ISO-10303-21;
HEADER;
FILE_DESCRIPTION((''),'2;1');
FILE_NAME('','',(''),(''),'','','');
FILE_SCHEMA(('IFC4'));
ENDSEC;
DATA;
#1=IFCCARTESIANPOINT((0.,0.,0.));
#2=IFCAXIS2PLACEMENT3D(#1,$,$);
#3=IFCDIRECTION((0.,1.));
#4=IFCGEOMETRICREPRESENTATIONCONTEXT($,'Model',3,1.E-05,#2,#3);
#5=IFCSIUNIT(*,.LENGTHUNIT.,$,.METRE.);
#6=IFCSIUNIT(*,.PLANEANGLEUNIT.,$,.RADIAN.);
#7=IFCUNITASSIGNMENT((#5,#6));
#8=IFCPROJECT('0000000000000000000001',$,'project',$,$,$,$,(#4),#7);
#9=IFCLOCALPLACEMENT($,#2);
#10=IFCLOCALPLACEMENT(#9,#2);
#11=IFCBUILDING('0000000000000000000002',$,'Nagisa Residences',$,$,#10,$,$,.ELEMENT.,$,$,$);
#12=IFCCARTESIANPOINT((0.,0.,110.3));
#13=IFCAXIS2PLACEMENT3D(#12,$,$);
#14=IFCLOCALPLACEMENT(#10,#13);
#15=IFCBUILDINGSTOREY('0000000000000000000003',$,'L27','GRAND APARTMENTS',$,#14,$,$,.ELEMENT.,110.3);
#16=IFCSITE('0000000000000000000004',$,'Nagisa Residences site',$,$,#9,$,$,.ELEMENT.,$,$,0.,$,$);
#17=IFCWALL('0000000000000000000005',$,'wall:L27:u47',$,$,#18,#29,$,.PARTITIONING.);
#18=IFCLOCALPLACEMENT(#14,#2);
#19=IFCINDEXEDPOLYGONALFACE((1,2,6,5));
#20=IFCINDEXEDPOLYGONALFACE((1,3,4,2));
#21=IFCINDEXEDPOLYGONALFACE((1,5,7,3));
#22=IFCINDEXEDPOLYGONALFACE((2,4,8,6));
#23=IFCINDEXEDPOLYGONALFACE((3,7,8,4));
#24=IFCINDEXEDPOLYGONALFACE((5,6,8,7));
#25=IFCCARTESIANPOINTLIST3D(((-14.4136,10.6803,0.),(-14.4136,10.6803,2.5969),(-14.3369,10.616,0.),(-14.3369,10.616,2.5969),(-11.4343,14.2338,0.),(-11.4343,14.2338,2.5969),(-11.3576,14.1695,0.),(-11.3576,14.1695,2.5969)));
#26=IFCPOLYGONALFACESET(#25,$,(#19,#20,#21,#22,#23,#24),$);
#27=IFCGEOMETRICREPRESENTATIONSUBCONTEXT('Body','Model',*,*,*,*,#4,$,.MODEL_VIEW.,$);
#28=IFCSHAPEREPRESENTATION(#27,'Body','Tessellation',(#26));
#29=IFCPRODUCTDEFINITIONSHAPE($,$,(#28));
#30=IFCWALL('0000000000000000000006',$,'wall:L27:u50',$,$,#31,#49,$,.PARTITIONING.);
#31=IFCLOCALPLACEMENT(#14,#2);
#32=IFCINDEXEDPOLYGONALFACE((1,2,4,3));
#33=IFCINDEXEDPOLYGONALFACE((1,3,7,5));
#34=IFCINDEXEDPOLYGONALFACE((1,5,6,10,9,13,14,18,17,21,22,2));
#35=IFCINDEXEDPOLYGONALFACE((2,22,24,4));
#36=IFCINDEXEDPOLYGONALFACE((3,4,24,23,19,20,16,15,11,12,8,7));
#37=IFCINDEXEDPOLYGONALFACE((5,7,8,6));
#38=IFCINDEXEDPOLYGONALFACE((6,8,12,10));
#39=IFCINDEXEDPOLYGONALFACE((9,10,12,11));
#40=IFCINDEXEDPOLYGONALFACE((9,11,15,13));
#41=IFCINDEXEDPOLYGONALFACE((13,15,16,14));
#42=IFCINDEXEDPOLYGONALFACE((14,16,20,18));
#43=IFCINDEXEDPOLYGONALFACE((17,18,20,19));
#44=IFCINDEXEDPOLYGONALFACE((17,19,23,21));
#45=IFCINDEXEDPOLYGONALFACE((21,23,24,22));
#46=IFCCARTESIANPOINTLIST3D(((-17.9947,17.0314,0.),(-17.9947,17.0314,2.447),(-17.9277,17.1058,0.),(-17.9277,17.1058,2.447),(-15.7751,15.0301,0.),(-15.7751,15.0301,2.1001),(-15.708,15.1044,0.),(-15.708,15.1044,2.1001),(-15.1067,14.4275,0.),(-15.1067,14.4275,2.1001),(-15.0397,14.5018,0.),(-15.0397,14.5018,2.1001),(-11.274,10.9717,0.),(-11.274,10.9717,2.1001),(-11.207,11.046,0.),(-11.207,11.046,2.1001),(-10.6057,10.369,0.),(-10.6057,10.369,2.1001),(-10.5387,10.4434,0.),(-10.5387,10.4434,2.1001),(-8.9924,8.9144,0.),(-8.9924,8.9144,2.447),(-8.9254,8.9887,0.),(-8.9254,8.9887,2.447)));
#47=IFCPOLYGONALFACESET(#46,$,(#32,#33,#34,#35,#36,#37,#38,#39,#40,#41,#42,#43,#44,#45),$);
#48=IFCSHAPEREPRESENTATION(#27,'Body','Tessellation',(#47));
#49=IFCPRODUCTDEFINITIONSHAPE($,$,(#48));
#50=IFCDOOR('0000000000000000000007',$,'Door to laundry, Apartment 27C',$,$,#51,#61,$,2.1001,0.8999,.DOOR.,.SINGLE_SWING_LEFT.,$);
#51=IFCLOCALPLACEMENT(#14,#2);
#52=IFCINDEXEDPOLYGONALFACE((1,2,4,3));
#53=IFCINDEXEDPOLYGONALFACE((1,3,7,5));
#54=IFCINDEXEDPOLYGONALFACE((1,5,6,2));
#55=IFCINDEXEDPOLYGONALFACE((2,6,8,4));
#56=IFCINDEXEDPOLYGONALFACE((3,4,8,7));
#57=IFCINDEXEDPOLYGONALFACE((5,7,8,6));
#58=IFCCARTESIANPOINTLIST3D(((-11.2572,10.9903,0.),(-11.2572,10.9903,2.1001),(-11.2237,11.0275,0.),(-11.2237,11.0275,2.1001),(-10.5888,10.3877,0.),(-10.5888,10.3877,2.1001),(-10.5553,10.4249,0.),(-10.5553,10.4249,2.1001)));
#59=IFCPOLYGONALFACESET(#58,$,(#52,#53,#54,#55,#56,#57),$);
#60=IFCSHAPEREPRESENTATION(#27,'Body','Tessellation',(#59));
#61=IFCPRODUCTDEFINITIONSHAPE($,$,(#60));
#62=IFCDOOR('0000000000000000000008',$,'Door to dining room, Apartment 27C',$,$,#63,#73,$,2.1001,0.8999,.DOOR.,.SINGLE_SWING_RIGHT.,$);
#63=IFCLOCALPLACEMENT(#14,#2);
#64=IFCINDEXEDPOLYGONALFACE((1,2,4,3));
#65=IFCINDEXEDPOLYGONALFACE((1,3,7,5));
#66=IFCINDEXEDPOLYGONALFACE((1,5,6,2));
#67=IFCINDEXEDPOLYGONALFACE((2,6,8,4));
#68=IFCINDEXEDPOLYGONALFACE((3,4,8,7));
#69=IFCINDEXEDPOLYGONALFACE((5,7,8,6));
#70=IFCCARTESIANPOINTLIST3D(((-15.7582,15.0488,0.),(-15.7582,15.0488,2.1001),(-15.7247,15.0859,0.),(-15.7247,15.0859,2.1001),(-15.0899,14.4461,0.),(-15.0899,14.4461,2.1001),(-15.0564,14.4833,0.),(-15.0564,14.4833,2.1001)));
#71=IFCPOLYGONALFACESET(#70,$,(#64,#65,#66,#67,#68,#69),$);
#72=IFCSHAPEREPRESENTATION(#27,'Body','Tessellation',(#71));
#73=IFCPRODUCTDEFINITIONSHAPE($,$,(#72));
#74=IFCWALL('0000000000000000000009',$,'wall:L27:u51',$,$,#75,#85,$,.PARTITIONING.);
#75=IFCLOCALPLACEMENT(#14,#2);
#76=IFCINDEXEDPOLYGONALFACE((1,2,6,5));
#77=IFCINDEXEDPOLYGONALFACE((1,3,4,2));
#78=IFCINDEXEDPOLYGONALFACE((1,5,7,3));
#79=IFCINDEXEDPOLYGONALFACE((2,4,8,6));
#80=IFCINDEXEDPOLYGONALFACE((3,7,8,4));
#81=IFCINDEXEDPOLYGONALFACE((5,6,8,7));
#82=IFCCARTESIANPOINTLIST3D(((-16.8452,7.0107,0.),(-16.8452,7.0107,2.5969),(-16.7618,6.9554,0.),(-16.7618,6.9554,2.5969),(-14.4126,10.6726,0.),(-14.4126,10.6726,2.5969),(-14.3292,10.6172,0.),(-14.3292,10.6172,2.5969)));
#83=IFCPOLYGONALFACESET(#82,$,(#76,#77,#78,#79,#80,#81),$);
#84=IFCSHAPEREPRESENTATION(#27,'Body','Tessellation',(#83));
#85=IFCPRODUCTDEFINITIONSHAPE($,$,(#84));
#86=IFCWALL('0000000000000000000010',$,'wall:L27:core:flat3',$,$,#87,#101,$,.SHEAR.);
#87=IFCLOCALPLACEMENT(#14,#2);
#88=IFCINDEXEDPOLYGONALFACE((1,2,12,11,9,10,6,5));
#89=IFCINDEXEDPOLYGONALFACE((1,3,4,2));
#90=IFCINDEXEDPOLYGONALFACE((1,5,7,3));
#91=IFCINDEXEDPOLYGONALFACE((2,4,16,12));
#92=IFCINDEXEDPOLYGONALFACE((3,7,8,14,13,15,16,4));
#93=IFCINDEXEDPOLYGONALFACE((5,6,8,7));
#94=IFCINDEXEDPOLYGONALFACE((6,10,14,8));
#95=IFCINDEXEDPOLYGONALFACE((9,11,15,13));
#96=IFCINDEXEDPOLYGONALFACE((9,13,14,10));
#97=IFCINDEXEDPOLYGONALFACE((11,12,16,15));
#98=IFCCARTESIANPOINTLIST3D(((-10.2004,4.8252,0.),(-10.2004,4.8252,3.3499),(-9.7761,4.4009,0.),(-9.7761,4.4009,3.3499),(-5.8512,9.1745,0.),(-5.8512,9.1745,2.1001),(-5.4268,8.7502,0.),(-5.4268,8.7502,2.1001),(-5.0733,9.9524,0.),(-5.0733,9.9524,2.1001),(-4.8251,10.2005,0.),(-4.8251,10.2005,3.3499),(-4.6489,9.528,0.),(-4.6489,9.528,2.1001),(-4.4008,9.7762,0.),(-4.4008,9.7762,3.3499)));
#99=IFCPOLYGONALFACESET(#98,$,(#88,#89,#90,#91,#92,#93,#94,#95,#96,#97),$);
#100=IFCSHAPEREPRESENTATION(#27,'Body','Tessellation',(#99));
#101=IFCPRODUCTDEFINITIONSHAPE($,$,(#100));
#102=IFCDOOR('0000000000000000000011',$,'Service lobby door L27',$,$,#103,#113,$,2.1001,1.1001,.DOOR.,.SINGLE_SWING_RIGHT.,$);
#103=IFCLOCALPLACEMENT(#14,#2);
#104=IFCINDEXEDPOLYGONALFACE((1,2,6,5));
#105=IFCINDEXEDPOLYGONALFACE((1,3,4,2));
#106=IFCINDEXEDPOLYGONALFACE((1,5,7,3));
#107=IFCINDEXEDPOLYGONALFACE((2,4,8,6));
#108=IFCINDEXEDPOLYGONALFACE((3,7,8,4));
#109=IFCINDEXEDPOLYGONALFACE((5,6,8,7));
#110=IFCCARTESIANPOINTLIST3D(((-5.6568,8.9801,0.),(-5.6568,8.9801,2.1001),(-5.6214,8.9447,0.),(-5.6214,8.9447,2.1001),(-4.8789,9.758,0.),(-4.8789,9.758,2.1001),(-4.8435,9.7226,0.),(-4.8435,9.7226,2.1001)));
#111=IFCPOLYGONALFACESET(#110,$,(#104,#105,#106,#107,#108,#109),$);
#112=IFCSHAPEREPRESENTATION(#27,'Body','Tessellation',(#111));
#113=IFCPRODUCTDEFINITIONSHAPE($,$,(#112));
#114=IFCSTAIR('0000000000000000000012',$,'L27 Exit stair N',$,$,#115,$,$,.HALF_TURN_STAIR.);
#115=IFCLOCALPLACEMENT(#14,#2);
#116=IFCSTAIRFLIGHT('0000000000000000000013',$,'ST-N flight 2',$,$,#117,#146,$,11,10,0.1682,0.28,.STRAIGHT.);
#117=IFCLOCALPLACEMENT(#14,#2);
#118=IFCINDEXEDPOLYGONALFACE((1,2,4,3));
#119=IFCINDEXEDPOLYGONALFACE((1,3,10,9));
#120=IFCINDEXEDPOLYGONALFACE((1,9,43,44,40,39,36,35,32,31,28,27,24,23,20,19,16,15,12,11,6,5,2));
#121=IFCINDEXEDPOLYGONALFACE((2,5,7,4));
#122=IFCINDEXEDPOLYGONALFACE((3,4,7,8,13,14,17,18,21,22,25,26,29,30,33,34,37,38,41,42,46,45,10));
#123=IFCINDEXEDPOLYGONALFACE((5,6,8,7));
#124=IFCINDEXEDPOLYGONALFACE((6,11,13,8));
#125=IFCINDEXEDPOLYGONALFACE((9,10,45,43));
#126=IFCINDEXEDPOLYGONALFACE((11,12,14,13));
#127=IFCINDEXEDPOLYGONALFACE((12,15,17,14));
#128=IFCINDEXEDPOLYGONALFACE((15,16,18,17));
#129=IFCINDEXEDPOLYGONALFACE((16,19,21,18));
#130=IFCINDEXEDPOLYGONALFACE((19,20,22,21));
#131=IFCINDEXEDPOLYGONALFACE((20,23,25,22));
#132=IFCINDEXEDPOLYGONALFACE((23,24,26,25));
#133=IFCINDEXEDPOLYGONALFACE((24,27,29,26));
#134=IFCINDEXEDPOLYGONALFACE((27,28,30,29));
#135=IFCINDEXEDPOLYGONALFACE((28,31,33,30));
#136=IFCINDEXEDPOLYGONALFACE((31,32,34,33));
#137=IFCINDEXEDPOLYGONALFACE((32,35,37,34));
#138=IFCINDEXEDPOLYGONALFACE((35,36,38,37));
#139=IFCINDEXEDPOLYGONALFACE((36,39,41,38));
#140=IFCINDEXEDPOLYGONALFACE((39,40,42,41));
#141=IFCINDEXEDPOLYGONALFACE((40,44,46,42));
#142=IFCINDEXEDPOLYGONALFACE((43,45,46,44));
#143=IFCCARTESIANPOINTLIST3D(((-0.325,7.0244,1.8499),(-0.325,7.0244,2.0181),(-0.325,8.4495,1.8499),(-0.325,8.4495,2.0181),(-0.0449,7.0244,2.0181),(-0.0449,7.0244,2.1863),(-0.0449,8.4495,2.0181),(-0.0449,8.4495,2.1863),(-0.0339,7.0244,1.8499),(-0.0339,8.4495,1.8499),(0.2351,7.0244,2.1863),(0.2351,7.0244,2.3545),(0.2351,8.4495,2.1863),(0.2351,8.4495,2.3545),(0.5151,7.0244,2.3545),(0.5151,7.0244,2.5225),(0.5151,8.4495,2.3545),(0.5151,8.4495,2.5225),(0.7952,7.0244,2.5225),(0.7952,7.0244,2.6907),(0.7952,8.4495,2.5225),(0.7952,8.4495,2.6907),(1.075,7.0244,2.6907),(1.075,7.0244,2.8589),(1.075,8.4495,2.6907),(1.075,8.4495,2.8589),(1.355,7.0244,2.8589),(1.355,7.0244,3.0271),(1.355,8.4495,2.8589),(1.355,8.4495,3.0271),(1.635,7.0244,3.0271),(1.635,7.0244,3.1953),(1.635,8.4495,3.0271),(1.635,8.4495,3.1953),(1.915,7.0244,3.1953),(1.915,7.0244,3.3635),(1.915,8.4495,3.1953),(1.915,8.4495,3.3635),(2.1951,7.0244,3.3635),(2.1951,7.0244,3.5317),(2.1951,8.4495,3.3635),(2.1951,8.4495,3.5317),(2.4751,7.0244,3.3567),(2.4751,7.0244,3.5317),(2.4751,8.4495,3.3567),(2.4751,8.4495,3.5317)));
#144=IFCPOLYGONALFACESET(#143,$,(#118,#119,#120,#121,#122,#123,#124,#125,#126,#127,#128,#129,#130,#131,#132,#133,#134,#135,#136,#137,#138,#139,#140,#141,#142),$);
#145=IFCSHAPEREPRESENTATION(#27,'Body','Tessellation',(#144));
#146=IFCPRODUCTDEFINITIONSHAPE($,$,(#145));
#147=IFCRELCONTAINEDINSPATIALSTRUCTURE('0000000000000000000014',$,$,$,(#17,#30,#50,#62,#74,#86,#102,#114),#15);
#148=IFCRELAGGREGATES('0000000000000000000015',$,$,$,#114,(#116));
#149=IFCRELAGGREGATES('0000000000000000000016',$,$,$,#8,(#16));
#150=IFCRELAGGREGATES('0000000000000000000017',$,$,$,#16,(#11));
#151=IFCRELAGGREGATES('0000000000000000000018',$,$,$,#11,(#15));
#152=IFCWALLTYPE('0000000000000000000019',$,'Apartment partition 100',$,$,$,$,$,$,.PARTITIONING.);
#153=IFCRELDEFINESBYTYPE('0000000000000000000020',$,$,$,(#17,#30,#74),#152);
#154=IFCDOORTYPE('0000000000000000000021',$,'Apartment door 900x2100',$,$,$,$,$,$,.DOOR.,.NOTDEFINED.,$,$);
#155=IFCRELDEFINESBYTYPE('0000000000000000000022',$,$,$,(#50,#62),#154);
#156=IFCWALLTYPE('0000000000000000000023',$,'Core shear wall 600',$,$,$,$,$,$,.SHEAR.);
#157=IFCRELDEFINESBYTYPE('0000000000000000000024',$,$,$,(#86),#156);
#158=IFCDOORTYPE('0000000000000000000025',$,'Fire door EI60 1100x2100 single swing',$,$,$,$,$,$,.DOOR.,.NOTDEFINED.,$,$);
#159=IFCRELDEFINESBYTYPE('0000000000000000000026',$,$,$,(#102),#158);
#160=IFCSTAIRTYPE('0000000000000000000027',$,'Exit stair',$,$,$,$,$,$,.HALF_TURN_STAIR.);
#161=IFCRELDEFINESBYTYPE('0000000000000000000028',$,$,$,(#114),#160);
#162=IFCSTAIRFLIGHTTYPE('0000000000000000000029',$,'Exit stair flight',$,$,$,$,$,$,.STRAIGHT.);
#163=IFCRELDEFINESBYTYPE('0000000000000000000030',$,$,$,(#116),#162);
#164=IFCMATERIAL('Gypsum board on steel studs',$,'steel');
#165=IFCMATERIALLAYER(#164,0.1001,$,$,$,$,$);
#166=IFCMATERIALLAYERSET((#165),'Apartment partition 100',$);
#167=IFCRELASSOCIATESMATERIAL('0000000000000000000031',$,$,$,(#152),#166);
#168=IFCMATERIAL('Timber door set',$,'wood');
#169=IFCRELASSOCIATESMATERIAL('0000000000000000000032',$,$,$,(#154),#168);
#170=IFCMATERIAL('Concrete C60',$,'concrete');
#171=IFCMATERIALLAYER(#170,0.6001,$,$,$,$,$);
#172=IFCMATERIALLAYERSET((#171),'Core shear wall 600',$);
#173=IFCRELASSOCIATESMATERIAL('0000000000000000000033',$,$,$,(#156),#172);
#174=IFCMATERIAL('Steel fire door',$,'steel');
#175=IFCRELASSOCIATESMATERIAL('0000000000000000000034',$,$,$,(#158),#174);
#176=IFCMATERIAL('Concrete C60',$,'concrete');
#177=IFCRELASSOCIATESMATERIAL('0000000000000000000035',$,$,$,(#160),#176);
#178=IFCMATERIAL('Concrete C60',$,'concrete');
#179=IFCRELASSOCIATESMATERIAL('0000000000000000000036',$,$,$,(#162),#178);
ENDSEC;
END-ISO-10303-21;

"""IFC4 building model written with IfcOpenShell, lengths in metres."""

from ifc_helpers import new_model, si_unit, direction, frame, frame_2d, origin, place, context, subcontext, project, spatial, polyline, rectangle, outline, extrude, material, layer, layer_set, type_object, element, fill, aggregate, save


model = new_model("IFC4")

# Units and contexts
model_context = context("Model", 3, precision=1e-05, world=origin(), true_north=direction((0.0, 1.0)))
body_context = subcontext(model_context, "Body", "Model", "MODEL_VIEW")
ifc_project = project(units=[si_unit("LENGTHUNIT", "METRE"), si_unit("PLANEANGLEUNIT", "RADIAN")], contexts=[model_context])

# Site, building, storey
site_placement = place(None, origin())
site = spatial("IfcSite", under=ifc_project, at=site_placement, Name="Nagisa Residences site", CompositionType="ELEMENT", RefElevation=0.0)
building_placement = place(site_placement, origin())
building = spatial("IfcBuilding", under=site, at=building_placement, Name="Nagisa Residences", CompositionType="ELEMENT")
storey_placement = place(building_placement, frame((0.0, 0.0, 110.3)))
storey = spatial("IfcBuildingStorey", under=building, at=storey_placement, Name="L27", Description="GRAND APARTMENTS", CompositionType="ELEMENT", Elevation=110.3)

# Shared definitions
ifc_material_1 = material(Name="Gypsum board on steel studs", Category="steel")
ifc_layer_1 = layer(ifc_material_1, 0.1001)
ifc_layer_set_1 = layer_set([ifc_layer_1], Name="Apartment partition 100")
wall_type_1 = type_object("IfcWallType", Name="Apartment partition 100", PredefinedType="PARTITIONING", material=ifc_layer_set_1)
ifc_material_2 = material(Name="Timber door set", Category="wood")
door_type_1 = type_object("IfcDoorType", Name="Apartment door 900x2100", OperationType="NOTDEFINED", PredefinedType="DOOR", material=ifc_material_2)

# Wall
wall_1_placement = place(storey_placement, frame((-11.396, 14.2017, 0.0), z_axis=(0.0, 0.0, 1.0), x_axis=(-0.642476, -0.766306, 0.0)))
element("IfcWall", 1, at=wall_1_placement, inside=storey, type_object=wall_type_1, Name="wall:L27:u47", PredefinedType="PARTITIONING", context=body_context, shape_type="SweptSolid", body=[
    extrude(rectangle(XDim=4.6372, YDim=0.1001, at=frame_2d((2.3186, 0.0))), origin(), (0.0, 0.0, 1.0), 2.5969),
])

# Wall, openings, doors
wall_2_placement = place(storey_placement, frame((-8.959, 8.9517, 0.0), z_axis=(0.0, 0.0, 1.0), x_axis=(-0.74268, 0.669647, 0.0)))
wall_2 = element("IfcWall", 2, at=wall_2_placement, inside=storey, type_object=wall_type_1, Name="wall:L27:u50", PredefinedType="PARTITIONING", context=body_context, shape_type="SweptSolid", body=[
    extrude(rectangle(XDim=12.1213, YDim=0.1001, at=frame_2d((6.0605, 0.0))), origin(), (0.0, 0.0, 1.0), 2.447),
])
opening_1_placement = place(wall_2_placement, frame((2.1721, 0.0, 0.0)))
opening_1 = element("IfcOpeningElement", 3, at=opening_1_placement, cuts=wall_2, PredefinedType="OPENING", context=body_context, shape_type="SweptSolid", body=[
    extrude(rectangle(XDim=0.8999, YDim=2.1001, at=frame_2d((0.45, 1.05))), frame((0.0, 0.0601, 0.0), z_axis=(0.0, -1.0, 0.0), x_axis=(1.0, 0.0, 0.0)), (0.0, 0.0, 1.0), 0.1201),
])
opening_2_placement = place(wall_2_placement, frame((8.2327, 0.0, 0.0)))
opening_2 = element("IfcOpeningElement", 4, at=opening_2_placement, cuts=wall_2, PredefinedType="OPENING", context=body_context, shape_type="SweptSolid", body=[
    extrude(rectangle(XDim=0.8999, YDim=2.1001, at=frame_2d((0.45, 1.05))), frame((0.0, 0.0601, 0.0), z_axis=(0.0, -1.0, 0.0), x_axis=(1.0, 0.0, 0.0)), (0.0, 0.0, 1.0), 0.1201),
])
door_1_placement = place(opening_1_placement, origin())
door_1 = element("IfcDoor", 5, at=door_1_placement, inside=storey, type_object=door_type_1, Name="Door to laundry, Apartment 27C", OperationType="SINGLE_SWING_LEFT", OverallHeight=2.1001, OverallWidth=0.8999, PredefinedType="DOOR", context=body_context, shape_type="SweptSolid", body=[
    extrude(rectangle(XDim=0.8999, YDim=2.1001, at=frame_2d((0.45, 1.05))), frame((0.0, 0.0249, 0.0), z_axis=(0.0, -1.0, 0.0), x_axis=(1.0, 0.0, 0.0)), (0.0, 0.0, 1.0), 0.05),
])
fill(opening_1, door_1)
door_2_placement = place(opening_2_placement, origin())
door_2 = element("IfcDoor", 6, at=door_2_placement, inside=storey, type_object=door_type_1, Name="Door to dining room, Apartment 27C", OperationType="SINGLE_SWING_RIGHT", OverallHeight=2.1001, OverallWidth=0.8999, PredefinedType="DOOR", context=body_context, shape_type="SweptSolid", body=[
    extrude(rectangle(XDim=0.8999, YDim=2.1001, at=frame_2d((0.45, 1.05))), frame((0.0, 0.0249, 0.0), z_axis=(0.0, -1.0, 0.0), x_axis=(1.0, 0.0, 0.0)), (0.0, 0.0, 1.0), 0.05),
])
fill(opening_2, door_2)

# Wall
wall_3_placement = place(storey_placement, frame((-14.3708, 10.645, 0.0), z_axis=(0.0, 0.0, 1.0), x_axis=(-0.553341, -0.832955, 0.0)))
element("IfcWall", 7, at=wall_3_placement, inside=storey, type_object=wall_type_1, Name="wall:L27:u51", PredefinedType="PARTITIONING", context=body_context, shape_type="SweptSolid", body=[
    extrude(rectangle(XDim=4.3962, YDim=0.1001, at=frame_2d((2.1982, 0.0))), origin(), (0.0, 0.0, 1.0), 2.5969),
])

# Wall, opening, door
ifc_material_3 = material(Name="Concrete C60", Category="concrete")
ifc_layer_2 = layer(ifc_material_3, 0.6001)
ifc_layer_set_2 = layer_set([ifc_layer_2], Name="Core shear wall 600")
wall_type_2 = type_object("IfcWallType", Name="Core shear wall 600", PredefinedType="SHEAR", material=ifc_layer_set_2)
wall_4_placement = place(storey_placement, frame((-4.613, 9.9883, 0.0), z_axis=(0.0, 0.0, 1.0), x_axis=(-0.707107, -0.707107, 0.0)))
wall_4 = element("IfcWall", 8, at=wall_4_placement, inside=storey, type_object=wall_type_2, Name="wall:L27:core:flat3", PredefinedType="SHEAR", context=body_context, shape_type="SweptSolid", body=[
    extrude(rectangle(XDim=7.6018, YDim=0.6001, at=frame_2d((3.8008, 0.0))), origin(), (0.0, 0.0, 1.0), 3.3499),
])
opening_3_placement = place(wall_4_placement, frame((0.3508, 0.0, 0.0)))
opening_3 = element("IfcOpeningElement", 9, at=opening_3_placement, cuts=wall_4, PredefinedType="OPENING", context=body_context, shape_type="SweptSolid", body=[
    extrude(rectangle(XDim=1.1001, YDim=2.1001, at=frame_2d((0.55, 1.05))), frame((0.0, 0.3101, 0.0), z_axis=(0.0, -1.0, 0.0), x_axis=(1.0, 0.0, 0.0)), (0.0, 0.0, 1.0), 0.6201),
])
ifc_material_4 = material(Name="Steel fire door", Category="steel")
door_type_2 = type_object("IfcDoorType", Name="Fire door EI60 1100x2100 single swing", OperationType="NOTDEFINED", PredefinedType="DOOR", material=ifc_material_4)
door_3_placement = place(opening_3_placement, origin())
door_3 = element("IfcDoor", 10, at=door_3_placement, inside=storey, type_object=door_type_2, Name="Service lobby door L27", OperationType="SINGLE_SWING_RIGHT", OverallHeight=2.1001, OverallWidth=1.1001, PredefinedType="DOOR", context=body_context, shape_type="SweptSolid", body=[
    extrude(rectangle(XDim=1.1001, YDim=2.1001, at=frame_2d((0.55, 1.05))), frame((0.0, 0.0249, 0.0), z_axis=(0.0, -1.0, 0.0), x_axis=(1.0, 0.0, 0.0)), (0.0, 0.0, 1.0), 0.05),
])
fill(opening_3, door_3)

# Stair, stair flight
ifc_material_5 = material(Name="Concrete C60", Category="concrete")
stair_type = type_object("IfcStairType", Name="Exit stair", PredefinedType="HALF_TURN_STAIR", material=ifc_material_5)
stair_placement = place(storey_placement, origin())
stair = element("IfcStair", 11, at=stair_placement, inside=storey, type_object=stair_type, Name="L27 Exit stair N", PredefinedType="HALF_TURN_STAIR")
ifc_material_6 = material(Name="Concrete C60", Category="concrete")
stair_flight_type = type_object("IfcStairFlightType", Name="Exit stair flight", PredefinedType="STRAIGHT", material=ifc_material_6)
stair_flight_placement = place(storey_placement, frame((-0.325, 7.7371, 1.8499), z_axis=(0.0, 0.0, 1.0), x_axis=(1.0, 0.0, 0.0)))
stair_flight = element("IfcStairFlight", 12, at=stair_flight_placement, type_object=stair_flight_type, Name="ST-N flight 2", NumberOfRisers=11, NumberOfTreads=10, PredefinedType="STRAIGHT", RiserHeight=0.1682, TreadLength=0.28, context=body_context, shape_type="SweptSolid", body=[
    extrude(outline(polyline([(0.0, 0.0), (0.0, 0.1682), (0.28, 0.1682), (0.28, 0.3364), (0.5601, 0.3364), (0.5601, 0.5046), (0.8401, 0.5046), (0.8401, 0.6726), (1.1201, 0.6726), (1.1201, 0.8408), (1.3999, 0.8408), (1.3999, 1.009), (1.6799, 1.009), (1.6799, 1.1772), (1.96, 1.1772), (1.96, 1.3455), (2.24, 1.3455), (2.24, 1.5137), (2.52, 1.5137), (2.52, 1.6819), (2.8, 1.6819), (2.8, 1.8501), (2.8, 1.5068), (0.291, 0.0), (0.0, 0.0)])), frame((0.0, 0.7124, 0.0), z_axis=(0.0, -1.0, 0.0), x_axis=(1.0, 0.0, 0.0)), (0.0, 0.0, 1.0), 1.425),
])
aggregate(stair, [stair_flight])

save(model, "model.ifc")
